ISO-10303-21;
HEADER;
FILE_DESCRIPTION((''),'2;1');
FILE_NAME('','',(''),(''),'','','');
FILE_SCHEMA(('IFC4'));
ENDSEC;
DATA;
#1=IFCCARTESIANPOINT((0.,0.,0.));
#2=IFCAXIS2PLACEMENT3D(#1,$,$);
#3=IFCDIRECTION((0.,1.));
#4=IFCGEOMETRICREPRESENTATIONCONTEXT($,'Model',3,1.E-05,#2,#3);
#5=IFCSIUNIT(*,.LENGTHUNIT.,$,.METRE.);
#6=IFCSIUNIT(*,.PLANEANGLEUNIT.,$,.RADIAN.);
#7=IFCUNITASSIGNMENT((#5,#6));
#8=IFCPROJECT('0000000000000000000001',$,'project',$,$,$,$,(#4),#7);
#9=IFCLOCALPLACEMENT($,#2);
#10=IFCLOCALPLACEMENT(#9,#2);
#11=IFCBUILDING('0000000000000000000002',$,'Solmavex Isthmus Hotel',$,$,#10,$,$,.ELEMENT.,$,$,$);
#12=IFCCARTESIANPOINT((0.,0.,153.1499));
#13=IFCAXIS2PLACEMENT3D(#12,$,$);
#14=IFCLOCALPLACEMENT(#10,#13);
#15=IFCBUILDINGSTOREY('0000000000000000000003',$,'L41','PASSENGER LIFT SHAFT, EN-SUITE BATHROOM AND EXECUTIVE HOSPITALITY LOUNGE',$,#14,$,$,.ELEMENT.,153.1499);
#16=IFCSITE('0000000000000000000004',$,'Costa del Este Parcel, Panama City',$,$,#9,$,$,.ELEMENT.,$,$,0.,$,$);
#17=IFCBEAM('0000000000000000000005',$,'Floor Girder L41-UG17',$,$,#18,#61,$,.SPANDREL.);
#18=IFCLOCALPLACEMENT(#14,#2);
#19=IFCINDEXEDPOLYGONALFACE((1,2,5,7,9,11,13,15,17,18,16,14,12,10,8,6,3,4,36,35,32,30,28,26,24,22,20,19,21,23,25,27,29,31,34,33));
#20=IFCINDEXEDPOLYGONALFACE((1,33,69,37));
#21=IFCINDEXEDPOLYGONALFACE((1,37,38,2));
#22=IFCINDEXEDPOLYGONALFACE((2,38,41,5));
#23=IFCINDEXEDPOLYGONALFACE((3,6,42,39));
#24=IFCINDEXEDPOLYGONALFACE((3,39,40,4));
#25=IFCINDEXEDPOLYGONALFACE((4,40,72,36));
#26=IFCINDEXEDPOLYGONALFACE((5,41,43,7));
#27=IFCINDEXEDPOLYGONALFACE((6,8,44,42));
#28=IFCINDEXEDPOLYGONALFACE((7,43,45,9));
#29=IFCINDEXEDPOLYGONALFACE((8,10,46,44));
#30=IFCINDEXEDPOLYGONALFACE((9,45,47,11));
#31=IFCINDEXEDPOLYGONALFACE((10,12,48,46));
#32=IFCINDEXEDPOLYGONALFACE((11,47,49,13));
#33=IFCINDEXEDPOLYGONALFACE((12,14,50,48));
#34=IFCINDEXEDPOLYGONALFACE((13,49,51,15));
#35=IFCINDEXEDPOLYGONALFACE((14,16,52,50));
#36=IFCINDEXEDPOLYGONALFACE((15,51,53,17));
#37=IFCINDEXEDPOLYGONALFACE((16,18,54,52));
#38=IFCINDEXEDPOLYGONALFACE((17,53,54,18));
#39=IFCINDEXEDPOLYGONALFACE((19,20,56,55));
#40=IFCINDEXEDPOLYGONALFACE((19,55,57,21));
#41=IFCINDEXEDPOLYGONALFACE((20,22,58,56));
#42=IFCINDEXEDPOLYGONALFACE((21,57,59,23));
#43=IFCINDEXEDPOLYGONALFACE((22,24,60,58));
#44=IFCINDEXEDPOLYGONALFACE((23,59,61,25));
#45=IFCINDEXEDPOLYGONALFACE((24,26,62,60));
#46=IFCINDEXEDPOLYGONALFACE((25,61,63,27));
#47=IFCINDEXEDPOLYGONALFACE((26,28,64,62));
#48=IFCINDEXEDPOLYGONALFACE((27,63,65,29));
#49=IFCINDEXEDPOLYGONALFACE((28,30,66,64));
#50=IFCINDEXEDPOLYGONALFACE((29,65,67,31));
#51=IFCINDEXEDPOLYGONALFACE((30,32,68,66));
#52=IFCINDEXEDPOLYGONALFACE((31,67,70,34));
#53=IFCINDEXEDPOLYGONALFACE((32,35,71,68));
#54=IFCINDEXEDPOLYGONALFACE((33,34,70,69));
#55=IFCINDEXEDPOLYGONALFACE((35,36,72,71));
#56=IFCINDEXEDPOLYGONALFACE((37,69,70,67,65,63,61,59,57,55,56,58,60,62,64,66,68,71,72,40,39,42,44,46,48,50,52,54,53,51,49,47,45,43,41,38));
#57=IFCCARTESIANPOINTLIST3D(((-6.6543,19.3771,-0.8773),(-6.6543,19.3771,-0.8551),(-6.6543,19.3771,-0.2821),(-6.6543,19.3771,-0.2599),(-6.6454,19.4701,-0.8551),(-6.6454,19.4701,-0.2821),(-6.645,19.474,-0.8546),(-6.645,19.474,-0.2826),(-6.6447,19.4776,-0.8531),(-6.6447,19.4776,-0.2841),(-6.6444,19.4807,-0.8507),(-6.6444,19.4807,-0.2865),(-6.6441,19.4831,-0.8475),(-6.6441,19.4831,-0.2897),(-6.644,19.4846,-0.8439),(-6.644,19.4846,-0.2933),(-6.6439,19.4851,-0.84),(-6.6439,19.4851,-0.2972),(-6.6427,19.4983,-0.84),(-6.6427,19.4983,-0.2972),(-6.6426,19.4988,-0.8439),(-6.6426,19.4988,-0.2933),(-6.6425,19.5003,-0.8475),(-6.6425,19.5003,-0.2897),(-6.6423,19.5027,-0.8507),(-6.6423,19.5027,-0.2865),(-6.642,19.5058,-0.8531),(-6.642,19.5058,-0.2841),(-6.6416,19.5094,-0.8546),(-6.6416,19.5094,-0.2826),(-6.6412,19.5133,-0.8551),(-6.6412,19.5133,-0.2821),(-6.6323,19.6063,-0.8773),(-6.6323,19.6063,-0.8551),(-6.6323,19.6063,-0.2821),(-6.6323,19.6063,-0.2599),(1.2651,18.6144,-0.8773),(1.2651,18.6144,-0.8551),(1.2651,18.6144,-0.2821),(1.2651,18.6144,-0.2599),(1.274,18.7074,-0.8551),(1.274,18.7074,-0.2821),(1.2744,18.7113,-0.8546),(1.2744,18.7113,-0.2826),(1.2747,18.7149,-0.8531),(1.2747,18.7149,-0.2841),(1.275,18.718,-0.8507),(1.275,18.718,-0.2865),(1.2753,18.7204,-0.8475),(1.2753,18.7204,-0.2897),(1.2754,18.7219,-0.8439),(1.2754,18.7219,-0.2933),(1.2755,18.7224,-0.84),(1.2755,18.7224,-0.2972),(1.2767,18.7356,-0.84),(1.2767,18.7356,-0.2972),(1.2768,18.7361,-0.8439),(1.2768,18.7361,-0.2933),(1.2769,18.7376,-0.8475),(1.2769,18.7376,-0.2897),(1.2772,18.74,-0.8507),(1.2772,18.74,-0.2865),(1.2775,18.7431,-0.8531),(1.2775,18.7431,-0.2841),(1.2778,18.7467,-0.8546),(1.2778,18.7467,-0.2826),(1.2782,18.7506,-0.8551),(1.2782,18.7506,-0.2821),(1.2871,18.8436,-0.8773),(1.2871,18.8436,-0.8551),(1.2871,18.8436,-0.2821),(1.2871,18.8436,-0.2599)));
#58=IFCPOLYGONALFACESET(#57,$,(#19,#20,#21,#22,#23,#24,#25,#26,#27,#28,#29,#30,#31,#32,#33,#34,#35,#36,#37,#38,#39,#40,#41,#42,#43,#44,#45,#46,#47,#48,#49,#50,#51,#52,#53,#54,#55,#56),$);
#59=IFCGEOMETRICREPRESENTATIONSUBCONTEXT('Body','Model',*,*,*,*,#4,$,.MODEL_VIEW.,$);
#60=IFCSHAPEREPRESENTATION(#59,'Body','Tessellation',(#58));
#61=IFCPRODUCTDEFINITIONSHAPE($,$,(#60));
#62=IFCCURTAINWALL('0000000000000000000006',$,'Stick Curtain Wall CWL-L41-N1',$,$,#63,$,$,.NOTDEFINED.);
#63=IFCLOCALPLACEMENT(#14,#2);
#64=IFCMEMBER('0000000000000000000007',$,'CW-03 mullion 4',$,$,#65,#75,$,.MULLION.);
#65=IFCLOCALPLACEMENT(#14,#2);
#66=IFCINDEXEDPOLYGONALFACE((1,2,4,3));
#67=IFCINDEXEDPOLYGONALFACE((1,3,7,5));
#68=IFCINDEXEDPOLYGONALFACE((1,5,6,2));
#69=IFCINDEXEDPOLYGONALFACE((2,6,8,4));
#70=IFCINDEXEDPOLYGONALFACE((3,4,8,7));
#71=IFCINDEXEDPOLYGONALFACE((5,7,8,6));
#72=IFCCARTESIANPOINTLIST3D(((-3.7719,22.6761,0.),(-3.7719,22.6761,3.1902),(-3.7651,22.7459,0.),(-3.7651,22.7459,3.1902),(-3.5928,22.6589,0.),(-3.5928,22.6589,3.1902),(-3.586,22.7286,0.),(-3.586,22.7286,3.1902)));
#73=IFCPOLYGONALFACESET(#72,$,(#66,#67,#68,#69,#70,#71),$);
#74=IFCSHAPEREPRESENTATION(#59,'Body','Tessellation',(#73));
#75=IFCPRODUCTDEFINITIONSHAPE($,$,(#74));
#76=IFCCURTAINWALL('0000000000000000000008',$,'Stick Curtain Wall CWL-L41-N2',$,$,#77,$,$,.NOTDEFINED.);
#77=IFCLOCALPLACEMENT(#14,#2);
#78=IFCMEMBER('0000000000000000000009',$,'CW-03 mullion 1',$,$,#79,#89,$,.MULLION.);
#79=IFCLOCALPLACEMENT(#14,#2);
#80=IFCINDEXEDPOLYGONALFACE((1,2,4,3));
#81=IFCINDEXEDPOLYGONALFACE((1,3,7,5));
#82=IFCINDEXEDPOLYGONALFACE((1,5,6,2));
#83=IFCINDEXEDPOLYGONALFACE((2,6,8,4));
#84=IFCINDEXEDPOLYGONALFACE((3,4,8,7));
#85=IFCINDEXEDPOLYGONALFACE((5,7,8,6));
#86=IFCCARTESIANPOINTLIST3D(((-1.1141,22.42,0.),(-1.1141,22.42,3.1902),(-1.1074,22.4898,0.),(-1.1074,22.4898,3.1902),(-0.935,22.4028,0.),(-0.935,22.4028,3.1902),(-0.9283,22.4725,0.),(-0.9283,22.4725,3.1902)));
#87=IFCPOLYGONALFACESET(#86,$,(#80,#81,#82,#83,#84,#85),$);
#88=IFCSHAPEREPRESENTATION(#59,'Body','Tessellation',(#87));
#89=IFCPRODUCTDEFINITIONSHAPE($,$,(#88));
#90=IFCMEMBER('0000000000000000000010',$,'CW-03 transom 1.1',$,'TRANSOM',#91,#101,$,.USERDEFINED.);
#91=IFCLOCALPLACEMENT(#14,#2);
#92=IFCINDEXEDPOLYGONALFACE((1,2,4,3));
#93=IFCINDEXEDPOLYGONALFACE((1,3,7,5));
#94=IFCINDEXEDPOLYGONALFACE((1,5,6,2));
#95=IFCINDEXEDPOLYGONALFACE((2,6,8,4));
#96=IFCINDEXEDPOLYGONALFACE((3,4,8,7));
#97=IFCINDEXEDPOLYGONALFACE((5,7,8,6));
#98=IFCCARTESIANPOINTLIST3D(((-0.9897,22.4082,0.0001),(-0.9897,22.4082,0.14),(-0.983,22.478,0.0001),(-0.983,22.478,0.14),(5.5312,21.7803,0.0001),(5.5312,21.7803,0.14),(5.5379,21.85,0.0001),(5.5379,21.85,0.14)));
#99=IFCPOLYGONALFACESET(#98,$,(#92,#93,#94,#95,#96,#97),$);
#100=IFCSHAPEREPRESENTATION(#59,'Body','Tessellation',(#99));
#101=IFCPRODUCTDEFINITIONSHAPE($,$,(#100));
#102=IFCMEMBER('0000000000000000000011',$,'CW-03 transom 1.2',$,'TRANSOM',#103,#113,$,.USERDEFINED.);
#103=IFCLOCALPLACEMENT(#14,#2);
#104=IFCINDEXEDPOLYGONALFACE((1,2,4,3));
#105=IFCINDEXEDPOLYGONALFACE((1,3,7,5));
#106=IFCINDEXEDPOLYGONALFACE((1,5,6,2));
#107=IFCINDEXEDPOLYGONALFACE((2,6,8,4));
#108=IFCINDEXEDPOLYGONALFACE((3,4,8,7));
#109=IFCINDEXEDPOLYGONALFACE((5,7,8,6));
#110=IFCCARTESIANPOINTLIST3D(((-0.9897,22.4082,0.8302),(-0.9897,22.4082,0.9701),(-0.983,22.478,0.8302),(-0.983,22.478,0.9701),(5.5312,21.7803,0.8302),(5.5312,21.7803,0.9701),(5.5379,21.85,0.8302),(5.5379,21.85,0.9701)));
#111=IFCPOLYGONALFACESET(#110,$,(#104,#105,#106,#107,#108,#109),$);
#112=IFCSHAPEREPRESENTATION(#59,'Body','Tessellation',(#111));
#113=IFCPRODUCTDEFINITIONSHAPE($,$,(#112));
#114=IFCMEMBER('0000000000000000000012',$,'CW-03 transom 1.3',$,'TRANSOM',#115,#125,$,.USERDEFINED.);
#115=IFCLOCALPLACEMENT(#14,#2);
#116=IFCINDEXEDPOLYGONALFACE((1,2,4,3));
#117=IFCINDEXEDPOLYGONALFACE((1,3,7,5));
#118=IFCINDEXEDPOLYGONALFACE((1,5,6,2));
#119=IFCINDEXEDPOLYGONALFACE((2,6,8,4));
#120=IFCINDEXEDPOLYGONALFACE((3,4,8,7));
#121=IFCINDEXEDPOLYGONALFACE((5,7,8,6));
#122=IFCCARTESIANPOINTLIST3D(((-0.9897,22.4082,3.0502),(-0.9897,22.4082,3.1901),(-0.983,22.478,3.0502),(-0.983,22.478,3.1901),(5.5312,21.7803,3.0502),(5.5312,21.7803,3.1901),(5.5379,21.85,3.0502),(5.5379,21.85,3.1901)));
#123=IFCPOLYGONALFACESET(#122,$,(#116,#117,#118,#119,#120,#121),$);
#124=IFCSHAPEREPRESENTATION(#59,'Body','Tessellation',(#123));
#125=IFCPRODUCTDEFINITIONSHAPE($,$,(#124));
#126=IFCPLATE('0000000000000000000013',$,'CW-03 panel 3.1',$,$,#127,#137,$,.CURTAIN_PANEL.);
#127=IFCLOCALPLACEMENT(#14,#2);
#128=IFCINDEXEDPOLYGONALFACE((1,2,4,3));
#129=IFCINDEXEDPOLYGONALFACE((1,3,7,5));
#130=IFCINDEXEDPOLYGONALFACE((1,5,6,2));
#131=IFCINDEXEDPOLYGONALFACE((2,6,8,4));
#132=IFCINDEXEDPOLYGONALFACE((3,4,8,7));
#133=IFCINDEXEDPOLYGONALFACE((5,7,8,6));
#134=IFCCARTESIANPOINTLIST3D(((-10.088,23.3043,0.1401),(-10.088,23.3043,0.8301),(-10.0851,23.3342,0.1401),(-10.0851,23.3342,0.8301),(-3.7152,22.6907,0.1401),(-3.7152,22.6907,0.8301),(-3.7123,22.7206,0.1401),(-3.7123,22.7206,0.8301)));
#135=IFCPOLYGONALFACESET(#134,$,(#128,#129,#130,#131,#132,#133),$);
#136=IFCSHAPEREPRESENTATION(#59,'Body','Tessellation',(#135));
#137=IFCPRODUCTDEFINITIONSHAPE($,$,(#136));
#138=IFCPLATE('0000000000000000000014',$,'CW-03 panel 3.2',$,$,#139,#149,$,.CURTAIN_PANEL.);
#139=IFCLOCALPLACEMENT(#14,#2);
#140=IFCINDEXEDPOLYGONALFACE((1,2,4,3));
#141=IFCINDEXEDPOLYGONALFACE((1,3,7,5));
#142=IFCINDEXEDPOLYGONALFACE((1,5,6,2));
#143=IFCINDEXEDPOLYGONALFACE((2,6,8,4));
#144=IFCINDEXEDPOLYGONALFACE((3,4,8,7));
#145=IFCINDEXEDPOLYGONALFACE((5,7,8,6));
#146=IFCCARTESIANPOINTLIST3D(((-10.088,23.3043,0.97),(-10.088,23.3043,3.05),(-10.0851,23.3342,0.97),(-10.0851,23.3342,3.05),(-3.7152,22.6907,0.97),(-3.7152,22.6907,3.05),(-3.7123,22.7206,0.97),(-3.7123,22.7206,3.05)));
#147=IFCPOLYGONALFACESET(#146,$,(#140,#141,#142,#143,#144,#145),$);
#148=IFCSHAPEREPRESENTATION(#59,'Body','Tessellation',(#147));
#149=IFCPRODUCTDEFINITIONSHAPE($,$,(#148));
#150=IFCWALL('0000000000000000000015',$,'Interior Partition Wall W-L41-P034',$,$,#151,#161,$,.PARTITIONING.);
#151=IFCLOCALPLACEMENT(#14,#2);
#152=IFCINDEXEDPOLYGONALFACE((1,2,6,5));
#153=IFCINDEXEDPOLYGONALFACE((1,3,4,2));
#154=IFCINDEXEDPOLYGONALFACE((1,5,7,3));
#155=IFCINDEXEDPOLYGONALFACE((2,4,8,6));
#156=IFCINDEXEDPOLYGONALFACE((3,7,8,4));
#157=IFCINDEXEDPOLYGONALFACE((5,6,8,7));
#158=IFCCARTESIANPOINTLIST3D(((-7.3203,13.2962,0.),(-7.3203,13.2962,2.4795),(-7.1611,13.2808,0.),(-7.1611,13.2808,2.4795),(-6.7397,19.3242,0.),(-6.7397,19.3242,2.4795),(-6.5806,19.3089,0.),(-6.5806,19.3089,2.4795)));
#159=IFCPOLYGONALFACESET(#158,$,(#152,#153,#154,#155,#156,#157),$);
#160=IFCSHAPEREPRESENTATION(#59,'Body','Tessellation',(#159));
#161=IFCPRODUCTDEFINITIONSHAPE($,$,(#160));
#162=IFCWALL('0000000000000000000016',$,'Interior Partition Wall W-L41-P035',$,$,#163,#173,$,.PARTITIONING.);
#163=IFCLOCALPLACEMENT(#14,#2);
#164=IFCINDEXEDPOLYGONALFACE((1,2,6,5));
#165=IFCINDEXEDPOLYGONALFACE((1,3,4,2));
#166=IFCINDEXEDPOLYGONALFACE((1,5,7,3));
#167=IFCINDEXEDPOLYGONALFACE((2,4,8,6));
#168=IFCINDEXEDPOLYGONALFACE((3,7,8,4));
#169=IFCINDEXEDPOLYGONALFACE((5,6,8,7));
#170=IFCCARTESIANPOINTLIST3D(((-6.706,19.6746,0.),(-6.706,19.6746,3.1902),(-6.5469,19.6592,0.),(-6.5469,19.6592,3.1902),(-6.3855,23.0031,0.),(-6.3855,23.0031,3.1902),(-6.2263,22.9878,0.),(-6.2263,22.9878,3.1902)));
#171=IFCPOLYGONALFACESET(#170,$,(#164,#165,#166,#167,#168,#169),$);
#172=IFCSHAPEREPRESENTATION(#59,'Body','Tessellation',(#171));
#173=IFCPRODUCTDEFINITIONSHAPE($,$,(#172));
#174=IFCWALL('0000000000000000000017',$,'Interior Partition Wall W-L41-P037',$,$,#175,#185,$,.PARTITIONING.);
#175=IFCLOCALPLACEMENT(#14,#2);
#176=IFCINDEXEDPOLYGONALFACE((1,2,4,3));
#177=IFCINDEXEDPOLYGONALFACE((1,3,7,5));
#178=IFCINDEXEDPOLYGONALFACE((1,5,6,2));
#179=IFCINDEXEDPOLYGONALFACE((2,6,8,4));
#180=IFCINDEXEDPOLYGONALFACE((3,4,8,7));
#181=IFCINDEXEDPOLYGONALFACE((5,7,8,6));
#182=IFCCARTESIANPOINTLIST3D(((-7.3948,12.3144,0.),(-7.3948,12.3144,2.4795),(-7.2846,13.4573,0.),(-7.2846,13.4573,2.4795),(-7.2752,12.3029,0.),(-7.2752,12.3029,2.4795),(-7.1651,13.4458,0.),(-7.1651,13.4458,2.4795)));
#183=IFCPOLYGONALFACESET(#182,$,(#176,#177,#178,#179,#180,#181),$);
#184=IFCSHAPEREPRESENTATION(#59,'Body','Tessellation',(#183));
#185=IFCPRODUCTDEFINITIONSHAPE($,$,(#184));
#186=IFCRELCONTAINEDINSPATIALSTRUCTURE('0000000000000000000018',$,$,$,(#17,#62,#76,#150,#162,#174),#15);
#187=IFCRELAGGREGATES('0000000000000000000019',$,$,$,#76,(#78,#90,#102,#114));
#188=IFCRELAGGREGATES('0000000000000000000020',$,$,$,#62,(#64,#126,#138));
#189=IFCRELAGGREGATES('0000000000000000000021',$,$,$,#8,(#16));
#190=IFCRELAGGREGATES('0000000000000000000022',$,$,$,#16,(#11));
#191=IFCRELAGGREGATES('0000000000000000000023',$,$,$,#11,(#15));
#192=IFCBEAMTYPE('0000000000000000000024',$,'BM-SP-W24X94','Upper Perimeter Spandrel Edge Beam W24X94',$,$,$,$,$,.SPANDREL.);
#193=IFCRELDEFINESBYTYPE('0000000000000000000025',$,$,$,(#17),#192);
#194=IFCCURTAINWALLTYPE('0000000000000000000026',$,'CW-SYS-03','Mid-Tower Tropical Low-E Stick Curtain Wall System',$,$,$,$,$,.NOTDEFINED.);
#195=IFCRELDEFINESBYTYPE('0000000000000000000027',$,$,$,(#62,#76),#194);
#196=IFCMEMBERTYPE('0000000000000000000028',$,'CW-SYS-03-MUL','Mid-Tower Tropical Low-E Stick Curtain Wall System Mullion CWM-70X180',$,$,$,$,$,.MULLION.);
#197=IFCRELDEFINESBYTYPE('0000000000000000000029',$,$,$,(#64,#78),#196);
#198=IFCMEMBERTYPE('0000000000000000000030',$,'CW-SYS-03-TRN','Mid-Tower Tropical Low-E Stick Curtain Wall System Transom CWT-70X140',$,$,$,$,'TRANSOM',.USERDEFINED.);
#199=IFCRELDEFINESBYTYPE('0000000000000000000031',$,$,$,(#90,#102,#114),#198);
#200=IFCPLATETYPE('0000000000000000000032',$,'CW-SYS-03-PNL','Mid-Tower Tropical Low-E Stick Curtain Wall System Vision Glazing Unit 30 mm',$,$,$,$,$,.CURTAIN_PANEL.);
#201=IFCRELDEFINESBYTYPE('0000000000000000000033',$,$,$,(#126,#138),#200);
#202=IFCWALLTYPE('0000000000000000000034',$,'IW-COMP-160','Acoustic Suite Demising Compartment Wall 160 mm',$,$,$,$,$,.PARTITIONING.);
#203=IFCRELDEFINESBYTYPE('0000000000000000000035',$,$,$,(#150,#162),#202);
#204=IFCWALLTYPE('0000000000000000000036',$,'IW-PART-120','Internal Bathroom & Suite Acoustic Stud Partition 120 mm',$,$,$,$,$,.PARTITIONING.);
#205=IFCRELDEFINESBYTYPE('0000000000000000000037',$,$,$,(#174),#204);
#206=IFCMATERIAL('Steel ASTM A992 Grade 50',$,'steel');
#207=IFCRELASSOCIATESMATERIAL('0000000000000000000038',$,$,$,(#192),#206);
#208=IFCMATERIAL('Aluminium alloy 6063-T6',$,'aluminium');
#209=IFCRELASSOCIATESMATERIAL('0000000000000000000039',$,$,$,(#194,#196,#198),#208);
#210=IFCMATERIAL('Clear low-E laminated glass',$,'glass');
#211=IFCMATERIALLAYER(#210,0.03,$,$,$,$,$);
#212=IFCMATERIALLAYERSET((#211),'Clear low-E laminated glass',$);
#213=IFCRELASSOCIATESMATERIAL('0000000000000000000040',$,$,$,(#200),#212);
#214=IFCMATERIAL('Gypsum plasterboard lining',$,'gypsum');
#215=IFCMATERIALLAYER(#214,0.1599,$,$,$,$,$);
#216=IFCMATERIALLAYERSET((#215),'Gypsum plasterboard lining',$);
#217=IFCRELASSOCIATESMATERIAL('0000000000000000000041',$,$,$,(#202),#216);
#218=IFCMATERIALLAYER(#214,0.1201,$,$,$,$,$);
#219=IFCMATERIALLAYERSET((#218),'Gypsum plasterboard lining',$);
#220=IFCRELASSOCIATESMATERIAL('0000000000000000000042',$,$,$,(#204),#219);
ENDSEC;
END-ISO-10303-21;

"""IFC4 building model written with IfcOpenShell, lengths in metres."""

from ifc_helpers import new_model, si_unit, direction, frame, frame_2d, origin, origin_2d, place, context, subcontext, project, spatial, rectangle, i_section, extrude, material, layer, layer_set, material_profile, profile_set, type_object, element, aggregate, save


model = new_model("IFC4")

# Units and contexts
model_context = context("Model", 3, precision=1e-05, world=origin(), true_north=direction((0.0, 1.0)))
body_context = subcontext(model_context, "Body", "Model", "MODEL_VIEW")
ifc_project = project(units=[si_unit("LENGTHUNIT", "METRE"), si_unit("PLANEANGLEUNIT", "RADIAN")], contexts=[model_context])

# Site, building, storey
site_placement = place(None, origin())
site = spatial("IfcSite", under=ifc_project, at=site_placement, Name="Costa del Este Parcel, Panama City", CompositionType="ELEMENT", RefElevation=0.0)
building_placement = place(site_placement, origin())
building = spatial("IfcBuilding", under=site, at=building_placement, Name="Solmavex Isthmus Hotel", CompositionType="ELEMENT")
storey_placement = place(building_placement, frame((0.0, 0.0, 153.1499)))
storey = spatial("IfcBuildingStorey", under=building, at=storey_placement, Name="L41", Description="PASSENGER LIFT SHAFT, EN-SUITE BATHROOM AND EXECUTIVE HOSPITALITY LOUNGE", CompositionType="ELEMENT", Elevation=153.1499)

# Beam
ifc_material_1 = material(Name="Steel ASTM A992 Grade 50", Category="steel")
ifc_material_profile_1 = material_profile(ifc_material_1, i_section(OverallWidth=0.2302, OverallDepth=0.6174, WebThickness=0.0132, FlangeThickness=0.0222, FilletRadius=0.0151, at=origin_2d()), Name="W24X94")
ifc_profile_set_1 = profile_set([ifc_material_profile_1], Name="Steel ASTM A992 Grade 50")
beam_type_1 = type_object("IfcBeamType", Name="BM-SP-W24X94", Description="Upper Perimeter Spandrel Edge Beam W24X94", PredefinedType="SPANDREL", material=ifc_profile_set_1)
beam_1_placement = place(storey_placement, frame((-6.6433, 19.4917, -0.5686), z_axis=(0.995395, -0.095863, 0.0), x_axis=(0.095863, 0.995395, 0.0)))
element("IfcBeam", 1, at=beam_1_placement, inside=storey, type_object=beam_type_1, Name="Floor Girder L41-UG17", PredefinedType="SPANDREL", context=body_context, shape_type="SweptSolid", body=[
    extrude(i_section(OverallWidth=0.2302, OverallDepth=0.6174, WebThickness=0.0132, FlangeThickness=0.0222, FilletRadius=0.0151, at=origin_2d()), origin(), (0.0, 0.0, 1.0), 7.9561),
])

# Curtain wall, member
ifc_material_2 = material(Name="Aluminium alloy 6063-T6", Category="aluminium")
curtain_wall_type = type_object("IfcCurtainWallType", Name="CW-SYS-03", Description="Mid-Tower Tropical Low-E Stick Curtain Wall System", PredefinedType="NOTDEFINED", material=ifc_material_2)
curtain_wall_1_placement = place(storey_placement, origin())
curtain_wall_1 = element("IfcCurtainWall", 2, at=curtain_wall_1_placement, inside=storey, type_object=curtain_wall_type, Name="Stick Curtain Wall CWL-L41-N1", PredefinedType="NOTDEFINED")
ifc_material_profile_2 = material_profile(ifc_material_2, rectangle(XDim=0.0701, YDim=0.1799, at=origin_2d()), Name="CWM-70X180")
ifc_profile_set_2 = profile_set([ifc_material_profile_2], Name="Aluminium alloy 6063-T6")
member_type_1 = type_object("IfcMemberType", Name="CW-SYS-03-MUL", Description="Mid-Tower Tropical Low-E Stick Curtain Wall System Mullion CWM-70X180", PredefinedType="MULLION", material=ifc_profile_set_2)
member_1_placement = place(storey_placement, frame((-3.679, 22.7024, 0.0), z_axis=(0.0, 0.0, 1.0), x_axis=(0.095846, 0.995396, 0.0)))
member_1 = element("IfcMember", 3, at=member_1_placement, type_object=member_type_1, Name="CW-03 mullion 4", PredefinedType="MULLION", context=body_context, shape_type="SweptSolid", body=[
    extrude(rectangle(XDim=0.0701, YDim=0.1799, at=origin_2d()), origin(), (0.0, 0.0, 1.0), 3.1902),
])

# Curtain wall, members
curtain_wall_2_placement = place(storey_placement, origin())
curtain_wall_2 = element("IfcCurtainWall", 4, at=curtain_wall_2_placement, inside=storey, type_object=curtain_wall_type, Name="Stick Curtain Wall CWL-L41-N2", PredefinedType="NOTDEFINED")
member_2_placement = place(storey_placement, frame((-1.0212, 22.4463, 0.0), z_axis=(0.0, 0.0, 1.0), x_axis=(0.095845, 0.995396, 0.0)))
member_2 = element("IfcMember", 5, at=member_2_placement, type_object=member_type_1, Name="CW-03 mullion 1", PredefinedType="MULLION", context=body_context, shape_type="SweptSolid", body=[
    extrude(rectangle(XDim=0.0701, YDim=0.1799, at=origin_2d()), origin(), (0.0, 0.0, 1.0), 3.1902),
])
ifc_material_profile_3 = material_profile(ifc_material_2, rectangle(XDim=0.0701, YDim=0.1399, at=origin_2d()), Name="CWT-70X140")
ifc_profile_set_3 = profile_set([ifc_material_profile_3], Name="Aluminium alloy 6063-T6")
member_type_2 = type_object("IfcMemberType", Name="CW-SYS-03-TRN", Description="Mid-Tower Tropical Low-E Stick Curtain Wall System Transom CWT-70X140", ElementType="TRANSOM", PredefinedType="USERDEFINED", material=ifc_profile_set_3)
member_3_placement = place(storey_placement, frame((-0.9863, 22.4431, 0.0701), z_axis=(0.995395, -0.095854, 0.0), x_axis=(0.095854, 0.995395, 0.0)))
member_3 = element("IfcMember", 6, at=member_3_placement, type_object=member_type_2, Name="CW-03 transom 1.1", ObjectType="TRANSOM", PredefinedType="USERDEFINED", context=body_context, shape_type="SweptSolid", body=[
    extrude(rectangle(XDim=0.0701, YDim=0.1399, at=origin_2d()), origin(), (0.0, 0.0, 1.0), 6.551),
])
member_4_placement = place(storey_placement, frame((-0.9863, 22.4431, 0.9001), z_axis=(0.995395, -0.095854, 0.0), x_axis=(0.095854, 0.995395, 0.0)))
member_4 = element("IfcMember", 7, at=member_4_placement, type_object=member_type_2, Name="CW-03 transom 1.2", ObjectType="TRANSOM", PredefinedType="USERDEFINED", context=body_context, shape_type="SweptSolid", body=[
    extrude(rectangle(XDim=0.0701, YDim=0.1399, at=origin_2d()), origin(), (0.0, 0.0, 1.0), 6.551),
])
member_5_placement = place(storey_placement, frame((-0.9863, 22.4431, 3.1201), z_axis=(0.995395, -0.095854, 0.0), x_axis=(0.095854, 0.995395, 0.0)))
member_5 = element("IfcMember", 8, at=member_5_placement, type_object=member_type_2, Name="CW-03 transom 1.3", ObjectType="TRANSOM", PredefinedType="USERDEFINED", context=body_context, shape_type="SweptSolid", body=[
    extrude(rectangle(XDim=0.0701, YDim=0.1399, at=origin_2d()), origin(), (0.0, 0.0, 1.0), 6.551),
])
aggregate(curtain_wall_2, [member_2, member_3, member_4, member_5])

# Plates
ifc_material_3 = material(Name="Clear low-E laminated glass", Category="glass")
ifc_layer_1 = layer(ifc_material_3, 0.03)
ifc_layer_set_1 = layer_set([ifc_layer_1], Name="Clear low-E laminated glass")
plate_type = type_object("IfcPlateType", Name="CW-SYS-03-PNL", Description="Mid-Tower Tropical Low-E Stick Curtain Wall System Vision Glazing Unit 30 mm", PredefinedType="CURTAIN_PANEL", material=ifc_layer_set_1)
plate_1_placement = place(storey_placement, frame((-6.9001, 23.0125, 0.1401), z_axis=(0.0, 0.0, 1.0), x_axis=(0.995396, -0.095846, 0.0)))
plate_1 = element("IfcPlate", 9, at=plate_1_placement, type_object=plate_type, Name="CW-03 panel 3.1", PredefinedType="CURTAIN_PANEL", context=body_context, shape_type="SweptSolid", body=[
    extrude(rectangle(XDim=6.4023, YDim=0.03, at=origin_2d()), origin(), (0.0, 0.0, 1.0), 0.6899),
])
plate_2_placement = place(storey_placement, frame((-6.9001, 23.0125, 0.97), z_axis=(0.0, 0.0, 1.0), x_axis=(0.995396, -0.095846, 0.0)))
plate_2 = element("IfcPlate", 10, at=plate_2_placement, type_object=plate_type, Name="CW-03 panel 3.2", PredefinedType="CURTAIN_PANEL", context=body_context, shape_type="SweptSolid", body=[
    extrude(rectangle(XDim=6.4023, YDim=0.03, at=origin_2d()), origin(), (0.0, 0.0, 1.0), 2.0801),
])
aggregate(curtain_wall_1, [member_1, plate_1, plate_2])

# Walls
ifc_material_4 = material(Name="Gypsum plasterboard lining", Category="gypsum")
ifc_layer_2 = layer(ifc_material_4, 0.1599)
ifc_layer_set_2 = layer_set([ifc_layer_2], Name="Gypsum plasterboard lining")
wall_type_1 = type_object("IfcWallType", Name="IW-COMP-160", Description="Acoustic Suite Demising Compartment Wall 160 mm", PredefinedType="PARTITIONING", material=ifc_layer_set_2)
wall_1_placement = place(storey_placement, frame((-6.6602, 19.3164, 0.0), z_axis=(0.0, 0.0, 1.0), x_axis=(-0.095867, -0.995394, 0.0)))
element("IfcWall", 11, at=wall_1_placement, inside=storey, type_object=wall_type_1, Name="Interior Partition Wall W-L41-P034", PredefinedType="PARTITIONING", context=body_context, shape_type="SweptSolid", body=[
    extrude(rectangle(XDim=6.0559, YDim=0.1599, at=frame_2d((3.0278, 0.0))), origin(), (0.0, 0.0, 1.0), 2.4795),
])
wall_2_placement = place(storey_placement, frame((-6.3059, 22.9954, 0.0), z_axis=(0.0, 0.0, 1.0), x_axis=(-0.09586, -0.995395, 0.0)))
element("IfcWall", 12, at=wall_2_placement, inside=storey, type_object=wall_type_1, Name="Interior Partition Wall W-L41-P035", PredefinedType="PARTITIONING", context=body_context, shape_type="SweptSolid", body=[
    extrude(rectangle(XDim=3.344, YDim=0.1599, at=frame_2d((1.6719, 0.0))), origin(), (0.0, 0.0, 1.0), 3.1902),
])

# Wall
ifc_layer_3 = layer(ifc_material_4, 0.1201)
ifc_layer_set_3 = layer_set([ifc_layer_3], Name="Gypsum plasterboard lining")
wall_type_2 = type_object("IfcWallType", Name="IW-PART-120", Description="Internal Bathroom & Suite Acoustic Stud Partition 120 mm", PredefinedType="PARTITIONING", material=ifc_layer_set_3)
wall_3_placement = place(storey_placement, frame((-7.2249, 13.4517, 0.0), z_axis=(0.0, 0.0, 1.0), x_axis=(-0.095903, -0.995391, 0.0)))
element("IfcWall", 13, at=wall_3_placement, inside=storey, type_object=wall_type_2, Name="Interior Partition Wall W-L41-P037", PredefinedType="PARTITIONING", context=body_context, shape_type="SweptSolid", body=[
    extrude(rectangle(XDim=1.1482, YDim=0.1201, at=frame_2d((0.5742, 0.0))), origin(), (0.0, 0.0, 1.0), 2.4795),
])

save(model, "model.ifc")
